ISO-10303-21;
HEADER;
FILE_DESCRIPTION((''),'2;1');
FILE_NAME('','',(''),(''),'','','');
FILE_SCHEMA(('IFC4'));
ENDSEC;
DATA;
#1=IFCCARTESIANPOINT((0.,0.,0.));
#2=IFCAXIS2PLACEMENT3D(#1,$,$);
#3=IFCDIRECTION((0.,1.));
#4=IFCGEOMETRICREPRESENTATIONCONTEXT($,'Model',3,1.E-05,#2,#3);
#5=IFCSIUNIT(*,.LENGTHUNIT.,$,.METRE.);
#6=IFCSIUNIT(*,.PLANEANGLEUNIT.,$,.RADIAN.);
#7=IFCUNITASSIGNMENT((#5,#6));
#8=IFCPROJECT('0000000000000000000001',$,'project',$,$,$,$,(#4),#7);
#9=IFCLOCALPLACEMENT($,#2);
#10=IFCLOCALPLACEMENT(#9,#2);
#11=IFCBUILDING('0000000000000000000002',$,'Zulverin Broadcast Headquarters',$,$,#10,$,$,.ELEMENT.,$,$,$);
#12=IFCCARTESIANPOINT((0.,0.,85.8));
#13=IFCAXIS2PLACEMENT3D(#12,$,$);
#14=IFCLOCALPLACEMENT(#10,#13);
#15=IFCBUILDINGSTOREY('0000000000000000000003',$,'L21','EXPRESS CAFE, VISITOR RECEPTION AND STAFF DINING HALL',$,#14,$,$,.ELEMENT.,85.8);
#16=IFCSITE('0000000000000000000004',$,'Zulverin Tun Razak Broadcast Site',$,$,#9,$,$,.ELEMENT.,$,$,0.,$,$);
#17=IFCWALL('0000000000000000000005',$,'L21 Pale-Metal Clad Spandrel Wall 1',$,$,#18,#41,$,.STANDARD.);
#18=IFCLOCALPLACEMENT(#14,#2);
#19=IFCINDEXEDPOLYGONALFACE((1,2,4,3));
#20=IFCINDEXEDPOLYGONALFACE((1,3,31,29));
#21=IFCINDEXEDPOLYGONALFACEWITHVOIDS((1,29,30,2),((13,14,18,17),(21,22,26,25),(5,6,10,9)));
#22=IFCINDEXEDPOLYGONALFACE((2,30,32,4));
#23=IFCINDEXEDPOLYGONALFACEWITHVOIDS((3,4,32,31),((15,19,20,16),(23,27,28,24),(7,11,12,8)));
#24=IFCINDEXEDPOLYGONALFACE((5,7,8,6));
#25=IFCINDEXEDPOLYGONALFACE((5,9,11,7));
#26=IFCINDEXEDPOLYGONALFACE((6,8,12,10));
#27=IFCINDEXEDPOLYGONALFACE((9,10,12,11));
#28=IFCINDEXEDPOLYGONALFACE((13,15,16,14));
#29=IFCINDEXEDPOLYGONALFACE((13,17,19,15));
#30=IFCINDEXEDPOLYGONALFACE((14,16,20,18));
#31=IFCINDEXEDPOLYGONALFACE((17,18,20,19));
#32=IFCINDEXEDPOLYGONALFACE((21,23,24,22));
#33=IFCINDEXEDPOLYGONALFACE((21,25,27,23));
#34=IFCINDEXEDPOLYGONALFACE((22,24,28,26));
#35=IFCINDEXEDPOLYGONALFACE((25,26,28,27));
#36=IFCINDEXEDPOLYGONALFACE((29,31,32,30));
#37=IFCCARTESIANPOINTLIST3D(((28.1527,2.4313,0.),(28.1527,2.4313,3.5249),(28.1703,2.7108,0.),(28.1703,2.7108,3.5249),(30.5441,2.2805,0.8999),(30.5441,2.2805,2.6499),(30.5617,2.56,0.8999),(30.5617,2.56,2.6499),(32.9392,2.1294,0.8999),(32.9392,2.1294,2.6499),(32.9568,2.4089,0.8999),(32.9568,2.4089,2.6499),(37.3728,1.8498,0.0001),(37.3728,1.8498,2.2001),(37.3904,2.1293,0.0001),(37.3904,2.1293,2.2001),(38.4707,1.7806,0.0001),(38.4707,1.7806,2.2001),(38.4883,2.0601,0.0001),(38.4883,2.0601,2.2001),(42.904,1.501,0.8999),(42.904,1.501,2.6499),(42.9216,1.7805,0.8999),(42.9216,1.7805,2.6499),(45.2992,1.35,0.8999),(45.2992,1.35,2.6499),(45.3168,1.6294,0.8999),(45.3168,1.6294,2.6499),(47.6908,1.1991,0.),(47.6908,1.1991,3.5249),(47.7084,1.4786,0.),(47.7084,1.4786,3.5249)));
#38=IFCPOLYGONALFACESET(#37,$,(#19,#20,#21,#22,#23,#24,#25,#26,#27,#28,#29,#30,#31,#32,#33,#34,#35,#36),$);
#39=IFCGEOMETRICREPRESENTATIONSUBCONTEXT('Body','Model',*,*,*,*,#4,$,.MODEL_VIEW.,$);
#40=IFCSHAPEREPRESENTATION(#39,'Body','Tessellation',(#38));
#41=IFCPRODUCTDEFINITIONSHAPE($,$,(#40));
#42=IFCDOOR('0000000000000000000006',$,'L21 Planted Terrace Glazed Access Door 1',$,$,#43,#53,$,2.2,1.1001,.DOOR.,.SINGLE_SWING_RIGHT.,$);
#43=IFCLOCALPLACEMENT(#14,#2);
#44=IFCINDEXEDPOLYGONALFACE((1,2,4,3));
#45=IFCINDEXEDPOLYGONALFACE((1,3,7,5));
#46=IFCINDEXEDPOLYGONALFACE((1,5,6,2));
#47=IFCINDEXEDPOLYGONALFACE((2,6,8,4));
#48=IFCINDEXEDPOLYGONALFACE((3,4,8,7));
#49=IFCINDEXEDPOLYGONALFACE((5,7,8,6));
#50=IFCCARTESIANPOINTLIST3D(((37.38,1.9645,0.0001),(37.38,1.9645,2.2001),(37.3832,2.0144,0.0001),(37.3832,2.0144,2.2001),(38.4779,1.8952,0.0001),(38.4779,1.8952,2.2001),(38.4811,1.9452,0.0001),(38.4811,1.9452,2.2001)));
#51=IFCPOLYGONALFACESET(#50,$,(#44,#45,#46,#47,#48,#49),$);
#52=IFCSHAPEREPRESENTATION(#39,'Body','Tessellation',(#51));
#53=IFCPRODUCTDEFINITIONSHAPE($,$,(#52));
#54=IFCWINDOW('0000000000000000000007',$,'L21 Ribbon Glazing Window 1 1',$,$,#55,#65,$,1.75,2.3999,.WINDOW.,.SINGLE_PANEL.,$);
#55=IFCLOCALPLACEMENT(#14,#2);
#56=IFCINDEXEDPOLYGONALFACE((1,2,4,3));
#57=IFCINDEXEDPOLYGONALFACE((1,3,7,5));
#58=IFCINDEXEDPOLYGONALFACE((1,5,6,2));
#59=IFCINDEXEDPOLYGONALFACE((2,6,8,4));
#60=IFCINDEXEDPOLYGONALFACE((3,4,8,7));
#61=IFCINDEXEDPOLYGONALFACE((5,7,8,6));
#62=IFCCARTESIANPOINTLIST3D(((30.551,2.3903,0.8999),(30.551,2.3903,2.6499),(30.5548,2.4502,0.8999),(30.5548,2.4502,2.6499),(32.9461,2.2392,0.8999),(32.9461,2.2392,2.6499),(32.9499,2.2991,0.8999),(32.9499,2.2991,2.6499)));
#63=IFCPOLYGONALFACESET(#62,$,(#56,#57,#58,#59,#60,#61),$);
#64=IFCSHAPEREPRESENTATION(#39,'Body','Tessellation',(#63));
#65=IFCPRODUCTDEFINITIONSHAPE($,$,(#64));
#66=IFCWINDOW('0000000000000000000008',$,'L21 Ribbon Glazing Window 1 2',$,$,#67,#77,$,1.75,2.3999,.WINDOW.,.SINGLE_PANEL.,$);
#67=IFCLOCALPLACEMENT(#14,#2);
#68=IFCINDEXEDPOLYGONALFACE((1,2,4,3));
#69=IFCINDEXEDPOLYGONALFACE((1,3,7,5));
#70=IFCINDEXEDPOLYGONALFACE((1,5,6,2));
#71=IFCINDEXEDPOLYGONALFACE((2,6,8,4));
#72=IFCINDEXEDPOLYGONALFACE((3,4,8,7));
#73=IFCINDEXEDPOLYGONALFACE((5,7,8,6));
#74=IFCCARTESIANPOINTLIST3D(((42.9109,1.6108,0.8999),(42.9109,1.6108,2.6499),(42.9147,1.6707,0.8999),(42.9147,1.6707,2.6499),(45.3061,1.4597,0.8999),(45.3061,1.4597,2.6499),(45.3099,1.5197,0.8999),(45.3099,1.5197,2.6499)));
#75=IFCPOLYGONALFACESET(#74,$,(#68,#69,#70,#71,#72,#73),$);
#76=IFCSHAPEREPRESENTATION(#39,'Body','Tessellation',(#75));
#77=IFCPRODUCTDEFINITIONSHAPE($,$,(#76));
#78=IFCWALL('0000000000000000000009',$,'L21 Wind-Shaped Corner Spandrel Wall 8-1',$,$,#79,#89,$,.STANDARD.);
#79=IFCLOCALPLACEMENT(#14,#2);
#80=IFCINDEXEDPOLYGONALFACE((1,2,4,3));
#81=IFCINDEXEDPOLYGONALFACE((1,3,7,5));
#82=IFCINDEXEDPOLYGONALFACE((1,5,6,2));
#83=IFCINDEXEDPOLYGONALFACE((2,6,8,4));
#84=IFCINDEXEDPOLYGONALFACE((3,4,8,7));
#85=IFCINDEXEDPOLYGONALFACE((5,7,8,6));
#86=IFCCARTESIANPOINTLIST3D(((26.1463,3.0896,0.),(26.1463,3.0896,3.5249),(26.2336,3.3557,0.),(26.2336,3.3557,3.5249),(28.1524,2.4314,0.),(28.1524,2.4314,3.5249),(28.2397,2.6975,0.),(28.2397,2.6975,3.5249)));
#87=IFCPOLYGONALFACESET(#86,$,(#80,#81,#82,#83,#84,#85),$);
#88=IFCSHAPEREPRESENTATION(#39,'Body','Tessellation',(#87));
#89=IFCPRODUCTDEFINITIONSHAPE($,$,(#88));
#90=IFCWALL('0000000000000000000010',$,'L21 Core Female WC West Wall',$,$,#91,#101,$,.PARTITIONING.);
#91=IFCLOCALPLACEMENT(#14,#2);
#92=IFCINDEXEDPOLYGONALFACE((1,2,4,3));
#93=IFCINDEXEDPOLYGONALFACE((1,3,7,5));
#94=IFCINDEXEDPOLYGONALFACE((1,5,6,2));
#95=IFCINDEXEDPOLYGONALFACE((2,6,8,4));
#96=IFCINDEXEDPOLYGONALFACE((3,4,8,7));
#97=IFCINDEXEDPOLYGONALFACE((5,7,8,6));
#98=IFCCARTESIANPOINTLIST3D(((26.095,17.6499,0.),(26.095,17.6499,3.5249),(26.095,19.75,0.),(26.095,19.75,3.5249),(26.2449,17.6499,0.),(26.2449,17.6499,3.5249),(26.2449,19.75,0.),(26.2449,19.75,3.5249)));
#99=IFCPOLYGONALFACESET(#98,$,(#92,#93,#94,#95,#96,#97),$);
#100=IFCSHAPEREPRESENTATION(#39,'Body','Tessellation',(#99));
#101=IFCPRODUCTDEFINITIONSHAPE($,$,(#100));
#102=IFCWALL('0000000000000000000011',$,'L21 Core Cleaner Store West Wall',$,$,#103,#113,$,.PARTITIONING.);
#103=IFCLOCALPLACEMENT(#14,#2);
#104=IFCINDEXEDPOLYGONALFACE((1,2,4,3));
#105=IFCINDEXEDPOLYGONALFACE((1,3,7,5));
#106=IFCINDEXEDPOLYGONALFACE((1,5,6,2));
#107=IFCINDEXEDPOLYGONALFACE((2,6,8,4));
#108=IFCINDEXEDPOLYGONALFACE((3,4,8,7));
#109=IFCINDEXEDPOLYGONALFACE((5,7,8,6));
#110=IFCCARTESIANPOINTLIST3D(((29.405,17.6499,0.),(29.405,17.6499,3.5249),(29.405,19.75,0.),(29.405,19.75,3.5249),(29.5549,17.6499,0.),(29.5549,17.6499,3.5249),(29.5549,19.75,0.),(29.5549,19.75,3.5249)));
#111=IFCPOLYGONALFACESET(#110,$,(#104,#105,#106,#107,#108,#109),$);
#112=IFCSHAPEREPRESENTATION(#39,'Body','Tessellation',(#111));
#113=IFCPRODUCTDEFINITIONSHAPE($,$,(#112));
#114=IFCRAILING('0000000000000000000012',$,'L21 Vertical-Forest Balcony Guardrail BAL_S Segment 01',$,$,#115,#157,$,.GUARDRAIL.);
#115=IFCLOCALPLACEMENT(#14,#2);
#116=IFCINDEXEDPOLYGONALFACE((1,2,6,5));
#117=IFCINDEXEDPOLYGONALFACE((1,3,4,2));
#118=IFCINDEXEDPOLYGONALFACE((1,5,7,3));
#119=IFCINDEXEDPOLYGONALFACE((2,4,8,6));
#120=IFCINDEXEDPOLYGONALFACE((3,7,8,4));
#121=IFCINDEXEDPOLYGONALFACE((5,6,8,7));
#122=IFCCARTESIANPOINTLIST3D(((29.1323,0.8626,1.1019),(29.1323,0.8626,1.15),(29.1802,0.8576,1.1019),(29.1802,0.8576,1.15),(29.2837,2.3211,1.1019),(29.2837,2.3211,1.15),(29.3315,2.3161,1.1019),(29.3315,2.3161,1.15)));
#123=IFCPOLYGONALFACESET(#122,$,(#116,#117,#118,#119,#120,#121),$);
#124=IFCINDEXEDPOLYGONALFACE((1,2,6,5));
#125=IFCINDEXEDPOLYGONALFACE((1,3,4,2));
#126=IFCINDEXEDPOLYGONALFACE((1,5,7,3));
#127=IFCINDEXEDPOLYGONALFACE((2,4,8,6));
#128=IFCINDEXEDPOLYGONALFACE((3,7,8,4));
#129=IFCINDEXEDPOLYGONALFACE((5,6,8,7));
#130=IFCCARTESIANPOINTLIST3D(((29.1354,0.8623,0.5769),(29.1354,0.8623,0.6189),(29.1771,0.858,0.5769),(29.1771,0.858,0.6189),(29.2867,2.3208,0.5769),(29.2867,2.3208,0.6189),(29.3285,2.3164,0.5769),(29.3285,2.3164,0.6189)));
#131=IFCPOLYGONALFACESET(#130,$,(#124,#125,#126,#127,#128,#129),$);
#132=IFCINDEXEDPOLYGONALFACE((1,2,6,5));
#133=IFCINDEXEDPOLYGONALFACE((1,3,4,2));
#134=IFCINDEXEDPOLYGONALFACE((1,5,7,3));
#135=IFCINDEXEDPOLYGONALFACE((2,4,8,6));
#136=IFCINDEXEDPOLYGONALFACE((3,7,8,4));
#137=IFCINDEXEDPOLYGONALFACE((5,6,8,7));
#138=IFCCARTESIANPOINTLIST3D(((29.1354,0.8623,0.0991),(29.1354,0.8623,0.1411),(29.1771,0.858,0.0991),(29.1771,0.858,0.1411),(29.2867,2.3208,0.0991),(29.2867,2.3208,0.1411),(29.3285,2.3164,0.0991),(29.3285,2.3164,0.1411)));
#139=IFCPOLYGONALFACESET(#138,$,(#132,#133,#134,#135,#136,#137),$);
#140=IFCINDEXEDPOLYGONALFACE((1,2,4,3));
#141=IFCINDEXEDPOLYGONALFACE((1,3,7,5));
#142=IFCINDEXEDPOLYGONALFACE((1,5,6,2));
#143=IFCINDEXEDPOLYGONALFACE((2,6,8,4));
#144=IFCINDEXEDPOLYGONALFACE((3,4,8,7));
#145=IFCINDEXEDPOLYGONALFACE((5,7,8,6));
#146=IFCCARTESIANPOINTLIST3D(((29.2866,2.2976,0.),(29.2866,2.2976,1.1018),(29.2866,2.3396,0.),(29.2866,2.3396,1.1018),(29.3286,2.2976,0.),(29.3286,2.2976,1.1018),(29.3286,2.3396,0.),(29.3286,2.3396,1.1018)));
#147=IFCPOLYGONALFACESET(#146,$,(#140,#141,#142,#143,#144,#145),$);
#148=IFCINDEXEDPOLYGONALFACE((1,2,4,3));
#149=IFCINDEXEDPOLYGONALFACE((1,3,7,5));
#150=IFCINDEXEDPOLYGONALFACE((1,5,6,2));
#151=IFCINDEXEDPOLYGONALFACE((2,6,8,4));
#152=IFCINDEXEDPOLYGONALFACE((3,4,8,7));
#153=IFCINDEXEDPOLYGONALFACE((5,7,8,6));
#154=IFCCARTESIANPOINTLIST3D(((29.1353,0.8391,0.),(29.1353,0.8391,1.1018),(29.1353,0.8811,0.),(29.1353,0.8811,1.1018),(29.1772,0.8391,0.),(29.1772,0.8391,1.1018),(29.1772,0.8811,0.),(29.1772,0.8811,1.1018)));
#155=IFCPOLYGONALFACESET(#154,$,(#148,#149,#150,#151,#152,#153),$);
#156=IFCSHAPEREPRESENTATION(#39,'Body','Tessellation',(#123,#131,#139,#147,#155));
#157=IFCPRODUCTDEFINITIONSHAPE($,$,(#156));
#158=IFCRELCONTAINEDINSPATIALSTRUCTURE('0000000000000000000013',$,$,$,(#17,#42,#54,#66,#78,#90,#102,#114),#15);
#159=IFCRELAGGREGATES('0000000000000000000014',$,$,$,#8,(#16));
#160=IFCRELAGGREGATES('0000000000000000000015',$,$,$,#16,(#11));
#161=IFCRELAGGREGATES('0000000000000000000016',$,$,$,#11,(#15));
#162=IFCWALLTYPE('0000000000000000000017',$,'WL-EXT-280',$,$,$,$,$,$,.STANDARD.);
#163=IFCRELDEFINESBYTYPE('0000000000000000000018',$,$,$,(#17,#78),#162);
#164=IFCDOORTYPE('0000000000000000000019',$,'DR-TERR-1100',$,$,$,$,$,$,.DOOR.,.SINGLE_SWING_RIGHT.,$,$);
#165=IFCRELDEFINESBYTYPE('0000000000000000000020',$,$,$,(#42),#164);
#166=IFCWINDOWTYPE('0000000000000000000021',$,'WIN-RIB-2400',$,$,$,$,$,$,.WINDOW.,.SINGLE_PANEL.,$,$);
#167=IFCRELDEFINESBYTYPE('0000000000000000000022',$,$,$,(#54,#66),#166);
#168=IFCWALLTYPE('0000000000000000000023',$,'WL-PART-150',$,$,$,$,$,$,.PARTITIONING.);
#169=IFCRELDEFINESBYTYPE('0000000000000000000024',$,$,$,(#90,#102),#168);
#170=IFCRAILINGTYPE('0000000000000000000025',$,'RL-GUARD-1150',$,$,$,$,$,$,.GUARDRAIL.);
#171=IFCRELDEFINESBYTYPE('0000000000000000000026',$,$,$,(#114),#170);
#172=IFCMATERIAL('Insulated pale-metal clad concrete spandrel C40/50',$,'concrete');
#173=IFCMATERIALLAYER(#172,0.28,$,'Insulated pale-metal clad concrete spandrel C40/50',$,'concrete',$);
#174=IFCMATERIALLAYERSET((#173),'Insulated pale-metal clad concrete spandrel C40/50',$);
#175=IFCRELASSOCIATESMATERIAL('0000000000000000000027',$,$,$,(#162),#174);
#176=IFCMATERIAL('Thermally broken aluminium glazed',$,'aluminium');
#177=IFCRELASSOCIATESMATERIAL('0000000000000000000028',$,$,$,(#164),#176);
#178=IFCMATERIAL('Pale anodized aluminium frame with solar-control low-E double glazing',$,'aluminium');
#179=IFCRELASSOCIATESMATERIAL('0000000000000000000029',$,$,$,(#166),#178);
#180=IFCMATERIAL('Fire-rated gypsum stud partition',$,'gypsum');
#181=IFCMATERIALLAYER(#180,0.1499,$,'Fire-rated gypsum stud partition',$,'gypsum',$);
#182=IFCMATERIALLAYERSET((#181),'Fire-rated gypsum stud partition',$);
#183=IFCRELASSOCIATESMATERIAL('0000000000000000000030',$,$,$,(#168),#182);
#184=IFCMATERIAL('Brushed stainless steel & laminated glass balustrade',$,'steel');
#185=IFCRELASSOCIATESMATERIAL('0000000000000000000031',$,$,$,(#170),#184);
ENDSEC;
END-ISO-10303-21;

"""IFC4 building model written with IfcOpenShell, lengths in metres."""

from ifc_helpers import new_model, si_unit, direction, frame, frame_2d, origin, origin_2d, place, context, subcontext, project, spatial, rectangle, extrude, material, layer, layer_set, type_object, element, fill, save


model = new_model("IFC4")

# Units and contexts
model_context = context("Model", 3, precision=1e-05, world=origin(), true_north=direction((0.0, 1.0)))
body_context = subcontext(model_context, "Body", "Model", "MODEL_VIEW")
ifc_project = project(units=[si_unit("LENGTHUNIT", "METRE"), si_unit("PLANEANGLEUNIT", "RADIAN")], contexts=[model_context])

# Site, building, storey
site_placement = place(None, origin())
site = spatial("IfcSite", under=ifc_project, at=site_placement, Name="Zulverin Tun Razak Broadcast Site", CompositionType="ELEMENT", RefElevation=0.0)
building_placement = place(site_placement, origin())
building = spatial("IfcBuilding", under=site, at=building_placement, Name="Zulverin Broadcast Headquarters", CompositionType="ELEMENT")
storey_placement = place(building_placement, frame((0.0, 0.0, 85.8)))
storey = spatial("IfcBuildingStorey", under=building, at=storey_placement, Name="L21", Description="EXPRESS CAFE, VISITOR RECEPTION AND STAFF DINING HALL", CompositionType="ELEMENT", Elevation=85.8)

# Wall, openings, door, windows
ifc_material_1 = material(Name="Insulated pale-metal clad concrete spandrel C40/50", Category="concrete")
ifc_layer_1 = layer(ifc_material_1, 0.28, Name="Insulated pale-metal clad concrete spandrel C40/50", Category="concrete")
ifc_layer_set_1 = layer_set([ifc_layer_1], Name="Insulated pale-metal clad concrete spandrel C40/50")
wall_type_1 = type_object("IfcWallType", Name="WL-EXT-280", PredefinedType="STANDARD", material=ifc_layer_set_1)
wall_1_placement = place(storey_placement, frame((28.1614, 2.571, 0.0), z_axis=(0.0, 0.0, 1.0), x_axis=(0.998017, -0.06294, 0.0)))
wall_1 = element("IfcWall", 1, at=wall_1_placement, inside=storey, type_object=wall_type_1, Name="L21 Pale-Metal Clad Spandrel Wall 1", PredefinedType="STANDARD", context=body_context, shape_type="SweptSolid", body=[
    extrude(rectangle(XDim=19.5769, YDim=0.28, at=frame_2d((9.7886, 0.0))), origin(), (0.0, 0.0, 1.0), 3.5249),
])
opening_1_placement = place(wall_1_placement, frame((9.2385, 0.0, 0.0)))
opening_1 = element("IfcOpeningElement", 2, at=opening_1_placement, cuts=wall_1, PredefinedType="OPENING", context=body_context, shape_type="SweptSolid", body=[
    extrude(rectangle(XDim=1.1001, YDim=2.2, at=frame_2d((0.55, 1.1001))), frame((0.0, 0.1499, 0.0), z_axis=(0.0, -1.0, 0.0), x_axis=(1.0, 0.0, 0.0)), (0.0, 0.0, 1.0), 0.3),
])
opening_2_placement = place(wall_1_placement, frame((2.3962, 0.0, 0.8999)))
opening_2 = element("IfcOpeningElement", 3, at=opening_2_placement, cuts=wall_1, PredefinedType="OPENING", context=body_context, shape_type="SweptSolid", body=[
    extrude(rectangle(XDim=2.3999, YDim=1.75, at=frame_2d((1.2, 0.875))), frame((0.0, 0.1499, 0.0), z_axis=(0.0, -1.0, 0.0), x_axis=(1.0, 0.0, 0.0)), (0.0, 0.0, 1.0), 0.3),
])
opening_3_placement = place(wall_1_placement, frame((14.7808, 0.0, 0.8999)))
opening_3 = element("IfcOpeningElement", 4, at=opening_3_placement, cuts=wall_1, PredefinedType="OPENING", context=body_context, shape_type="SweptSolid", body=[
    extrude(rectangle(XDim=2.3999, YDim=1.75, at=frame_2d((1.2, 0.875))), frame((0.0, 0.1499, 0.0), z_axis=(0.0, -1.0, 0.0), x_axis=(1.0, 0.0, 0.0)), (0.0, 0.0, 1.0), 0.3),
])
ifc_material_2 = material(Name="Thermally broken aluminium glazed", Category="aluminium")
door_type = type_object("IfcDoorType", Name="DR-TERR-1100", OperationType="SINGLE_SWING_RIGHT", PredefinedType="DOOR", material=ifc_material_2)
door_placement = place(opening_1_placement, origin())
door = element("IfcDoor", 5, at=door_placement, inside=storey, type_object=door_type, Name="L21 Planted Terrace Glazed Access Door 1", OperationType="SINGLE_SWING_RIGHT", OverallHeight=2.2, OverallWidth=1.1001, PredefinedType="DOOR", context=body_context, shape_type="SweptSolid", body=[
    extrude(rectangle(XDim=1.1001, YDim=2.2, at=frame_2d((0.55, 1.1001))), frame((0.0, 0.0249, 0.0), z_axis=(0.0, -1.0, 0.0), x_axis=(1.0, 0.0, 0.0)), (0.0, 0.0, 1.0), 0.05),
])
fill(opening_1, door)
ifc_material_3 = material(Name="Pale anodized aluminium frame with solar-control low-E double glazing", Category="aluminium")
window_type = type_object("IfcWindowType", Name="WIN-RIB-2400", PartitioningType="SINGLE_PANEL", PredefinedType="WINDOW", material=ifc_material_3)
window_1_placement = place(opening_2_placement, origin())
window_1 = element("IfcWindow", 6, at=window_1_placement, inside=storey, type_object=window_type, Name="L21 Ribbon Glazing Window 1 1", OverallHeight=1.75, OverallWidth=2.3999, PartitioningType="SINGLE_PANEL", PredefinedType="WINDOW", context=body_context, shape_type="SweptSolid", body=[
    extrude(rectangle(XDim=2.3999, YDim=1.75, at=frame_2d((1.2, 0.875))), frame((0.0, 0.03, 0.0), z_axis=(0.0, -1.0, 0.0), x_axis=(1.0, 0.0, 0.0)), (0.0, 0.0, 1.0), 0.0601),
])
fill(opening_2, window_1)
window_2_placement = place(opening_3_placement, origin())
window_2 = element("IfcWindow", 7, at=window_2_placement, inside=storey, type_object=window_type, Name="L21 Ribbon Glazing Window 1 2", OverallHeight=1.75, OverallWidth=2.3999, PartitioningType="SINGLE_PANEL", PredefinedType="WINDOW", context=body_context, shape_type="SweptSolid", body=[
    extrude(rectangle(XDim=2.3999, YDim=1.75, at=frame_2d((1.2, 0.875))), frame((0.0, 0.03, 0.0), z_axis=(0.0, -1.0, 0.0), x_axis=(1.0, 0.0, 0.0)), (0.0, 0.0, 1.0), 0.0601),
])
fill(opening_3, window_2)

# Walls
wall_2_placement = place(storey_placement, frame((26.1899, 3.2227, 0.0), z_axis=(0.0, 0.0, 1.0), x_axis=(0.950164, -0.311749, 0.0)))
element("IfcWall", 8, at=wall_2_placement, inside=storey, type_object=wall_type_1, Name="L21 Wind-Shaped Corner Spandrel Wall 8-1", PredefinedType="STANDARD", context=body_context, shape_type="SweptSolid", body=[
    extrude(rectangle(XDim=2.1113, YDim=0.28, at=frame_2d((1.0557, 0.0))), origin(), (0.0, 0.0, 1.0), 3.5249),
])
ifc_material_4 = material(Name="Fire-rated gypsum stud partition", Category="gypsum")
ifc_layer_2 = layer(ifc_material_4, 0.1499, Name="Fire-rated gypsum stud partition", Category="gypsum")
ifc_layer_set_2 = layer_set([ifc_layer_2], Name="Fire-rated gypsum stud partition")
wall_type_2 = type_object("IfcWallType", Name="WL-PART-150", PredefinedType="PARTITIONING", material=ifc_layer_set_2)
for number, where, z_axis, x_axis, name in (
    (9, (26.1699, 17.6499, 0.0), (0.0, 0.0, 1.0), (0.0, 1.0, 0.0), "L21 Core Female WC West Wall"),
    (10, (29.48, 17.6499, 0.0), (0.0, 0.0, 1.0), (0.0, 1.0, 0.0), "L21 Core Cleaner Store West Wall"),
):
    element("IfcWall", number, at=place(storey_placement, frame(where, z_axis=z_axis, x_axis=x_axis)), inside=storey, type_object=wall_type_2, Name=name, PredefinedType="PARTITIONING", context=body_context, shape_type="SweptSolid", body=[
        extrude(rectangle(XDim=2.1001, YDim=0.1499, at=frame_2d((1.05, 0.0))), origin(), (0.0, 0.0, 1.0), 3.5249),
    ])

# Railing
ifc_material_5 = material(Name="Brushed stainless steel & laminated glass balustrade", Category="steel")
railing_type = type_object("IfcRailingType", Name="RL-GUARD-1150", PredefinedType="GUARDRAIL", material=ifc_material_5)
railing_1_placement = place(storey_placement, frame((29.3076, 2.3186, 0.0)))
element("IfcRailing", 11, at=railing_1_placement, inside=storey, type_object=railing_type, Name="L21 Vertical-Forest Balcony Guardrail BAL_S Segment 01", PredefinedType="GUARDRAIL", context=body_context, shape_type="SweptSolid", body=[
    extrude(rectangle(XDim=0.0481, YDim=0.0481, at=origin_2d()), frame((0.0, 0.0, 1.126), z_axis=(-0.103229, -0.994658, 0.0), x_axis=(0.994658, -0.103229, 0.0)), (0.0, 0.0, 1.0), 1.4663),
    extrude(rectangle(XDim=0.042, YDim=0.042, at=origin_2d()), frame((0.0, 0.0, 0.5979), z_axis=(-0.103229, -0.994658, 0.0), x_axis=(0.994658, -0.103229, 0.0)), (0.0, 0.0, 1.0), 1.4663),
    extrude(rectangle(XDim=0.042, YDim=0.042, at=origin_2d()), frame((0.0, 0.0, 0.1201), z_axis=(-0.103229, -0.994658, 0.0), x_axis=(0.994658, -0.103229, 0.0)), (0.0, 0.0, 1.0), 1.4663),
    extrude(rectangle(XDim=0.042, YDim=0.042, at=origin_2d()), origin(), (0.0, 0.0, 1.0), 1.1018),
    extrude(rectangle(XDim=0.042, YDim=0.042, at=origin_2d()), frame((-0.1514, -1.4585, 0.0)), (0.0, 0.0, 1.0), 1.1018),
])

save(model, "model.ifc")
